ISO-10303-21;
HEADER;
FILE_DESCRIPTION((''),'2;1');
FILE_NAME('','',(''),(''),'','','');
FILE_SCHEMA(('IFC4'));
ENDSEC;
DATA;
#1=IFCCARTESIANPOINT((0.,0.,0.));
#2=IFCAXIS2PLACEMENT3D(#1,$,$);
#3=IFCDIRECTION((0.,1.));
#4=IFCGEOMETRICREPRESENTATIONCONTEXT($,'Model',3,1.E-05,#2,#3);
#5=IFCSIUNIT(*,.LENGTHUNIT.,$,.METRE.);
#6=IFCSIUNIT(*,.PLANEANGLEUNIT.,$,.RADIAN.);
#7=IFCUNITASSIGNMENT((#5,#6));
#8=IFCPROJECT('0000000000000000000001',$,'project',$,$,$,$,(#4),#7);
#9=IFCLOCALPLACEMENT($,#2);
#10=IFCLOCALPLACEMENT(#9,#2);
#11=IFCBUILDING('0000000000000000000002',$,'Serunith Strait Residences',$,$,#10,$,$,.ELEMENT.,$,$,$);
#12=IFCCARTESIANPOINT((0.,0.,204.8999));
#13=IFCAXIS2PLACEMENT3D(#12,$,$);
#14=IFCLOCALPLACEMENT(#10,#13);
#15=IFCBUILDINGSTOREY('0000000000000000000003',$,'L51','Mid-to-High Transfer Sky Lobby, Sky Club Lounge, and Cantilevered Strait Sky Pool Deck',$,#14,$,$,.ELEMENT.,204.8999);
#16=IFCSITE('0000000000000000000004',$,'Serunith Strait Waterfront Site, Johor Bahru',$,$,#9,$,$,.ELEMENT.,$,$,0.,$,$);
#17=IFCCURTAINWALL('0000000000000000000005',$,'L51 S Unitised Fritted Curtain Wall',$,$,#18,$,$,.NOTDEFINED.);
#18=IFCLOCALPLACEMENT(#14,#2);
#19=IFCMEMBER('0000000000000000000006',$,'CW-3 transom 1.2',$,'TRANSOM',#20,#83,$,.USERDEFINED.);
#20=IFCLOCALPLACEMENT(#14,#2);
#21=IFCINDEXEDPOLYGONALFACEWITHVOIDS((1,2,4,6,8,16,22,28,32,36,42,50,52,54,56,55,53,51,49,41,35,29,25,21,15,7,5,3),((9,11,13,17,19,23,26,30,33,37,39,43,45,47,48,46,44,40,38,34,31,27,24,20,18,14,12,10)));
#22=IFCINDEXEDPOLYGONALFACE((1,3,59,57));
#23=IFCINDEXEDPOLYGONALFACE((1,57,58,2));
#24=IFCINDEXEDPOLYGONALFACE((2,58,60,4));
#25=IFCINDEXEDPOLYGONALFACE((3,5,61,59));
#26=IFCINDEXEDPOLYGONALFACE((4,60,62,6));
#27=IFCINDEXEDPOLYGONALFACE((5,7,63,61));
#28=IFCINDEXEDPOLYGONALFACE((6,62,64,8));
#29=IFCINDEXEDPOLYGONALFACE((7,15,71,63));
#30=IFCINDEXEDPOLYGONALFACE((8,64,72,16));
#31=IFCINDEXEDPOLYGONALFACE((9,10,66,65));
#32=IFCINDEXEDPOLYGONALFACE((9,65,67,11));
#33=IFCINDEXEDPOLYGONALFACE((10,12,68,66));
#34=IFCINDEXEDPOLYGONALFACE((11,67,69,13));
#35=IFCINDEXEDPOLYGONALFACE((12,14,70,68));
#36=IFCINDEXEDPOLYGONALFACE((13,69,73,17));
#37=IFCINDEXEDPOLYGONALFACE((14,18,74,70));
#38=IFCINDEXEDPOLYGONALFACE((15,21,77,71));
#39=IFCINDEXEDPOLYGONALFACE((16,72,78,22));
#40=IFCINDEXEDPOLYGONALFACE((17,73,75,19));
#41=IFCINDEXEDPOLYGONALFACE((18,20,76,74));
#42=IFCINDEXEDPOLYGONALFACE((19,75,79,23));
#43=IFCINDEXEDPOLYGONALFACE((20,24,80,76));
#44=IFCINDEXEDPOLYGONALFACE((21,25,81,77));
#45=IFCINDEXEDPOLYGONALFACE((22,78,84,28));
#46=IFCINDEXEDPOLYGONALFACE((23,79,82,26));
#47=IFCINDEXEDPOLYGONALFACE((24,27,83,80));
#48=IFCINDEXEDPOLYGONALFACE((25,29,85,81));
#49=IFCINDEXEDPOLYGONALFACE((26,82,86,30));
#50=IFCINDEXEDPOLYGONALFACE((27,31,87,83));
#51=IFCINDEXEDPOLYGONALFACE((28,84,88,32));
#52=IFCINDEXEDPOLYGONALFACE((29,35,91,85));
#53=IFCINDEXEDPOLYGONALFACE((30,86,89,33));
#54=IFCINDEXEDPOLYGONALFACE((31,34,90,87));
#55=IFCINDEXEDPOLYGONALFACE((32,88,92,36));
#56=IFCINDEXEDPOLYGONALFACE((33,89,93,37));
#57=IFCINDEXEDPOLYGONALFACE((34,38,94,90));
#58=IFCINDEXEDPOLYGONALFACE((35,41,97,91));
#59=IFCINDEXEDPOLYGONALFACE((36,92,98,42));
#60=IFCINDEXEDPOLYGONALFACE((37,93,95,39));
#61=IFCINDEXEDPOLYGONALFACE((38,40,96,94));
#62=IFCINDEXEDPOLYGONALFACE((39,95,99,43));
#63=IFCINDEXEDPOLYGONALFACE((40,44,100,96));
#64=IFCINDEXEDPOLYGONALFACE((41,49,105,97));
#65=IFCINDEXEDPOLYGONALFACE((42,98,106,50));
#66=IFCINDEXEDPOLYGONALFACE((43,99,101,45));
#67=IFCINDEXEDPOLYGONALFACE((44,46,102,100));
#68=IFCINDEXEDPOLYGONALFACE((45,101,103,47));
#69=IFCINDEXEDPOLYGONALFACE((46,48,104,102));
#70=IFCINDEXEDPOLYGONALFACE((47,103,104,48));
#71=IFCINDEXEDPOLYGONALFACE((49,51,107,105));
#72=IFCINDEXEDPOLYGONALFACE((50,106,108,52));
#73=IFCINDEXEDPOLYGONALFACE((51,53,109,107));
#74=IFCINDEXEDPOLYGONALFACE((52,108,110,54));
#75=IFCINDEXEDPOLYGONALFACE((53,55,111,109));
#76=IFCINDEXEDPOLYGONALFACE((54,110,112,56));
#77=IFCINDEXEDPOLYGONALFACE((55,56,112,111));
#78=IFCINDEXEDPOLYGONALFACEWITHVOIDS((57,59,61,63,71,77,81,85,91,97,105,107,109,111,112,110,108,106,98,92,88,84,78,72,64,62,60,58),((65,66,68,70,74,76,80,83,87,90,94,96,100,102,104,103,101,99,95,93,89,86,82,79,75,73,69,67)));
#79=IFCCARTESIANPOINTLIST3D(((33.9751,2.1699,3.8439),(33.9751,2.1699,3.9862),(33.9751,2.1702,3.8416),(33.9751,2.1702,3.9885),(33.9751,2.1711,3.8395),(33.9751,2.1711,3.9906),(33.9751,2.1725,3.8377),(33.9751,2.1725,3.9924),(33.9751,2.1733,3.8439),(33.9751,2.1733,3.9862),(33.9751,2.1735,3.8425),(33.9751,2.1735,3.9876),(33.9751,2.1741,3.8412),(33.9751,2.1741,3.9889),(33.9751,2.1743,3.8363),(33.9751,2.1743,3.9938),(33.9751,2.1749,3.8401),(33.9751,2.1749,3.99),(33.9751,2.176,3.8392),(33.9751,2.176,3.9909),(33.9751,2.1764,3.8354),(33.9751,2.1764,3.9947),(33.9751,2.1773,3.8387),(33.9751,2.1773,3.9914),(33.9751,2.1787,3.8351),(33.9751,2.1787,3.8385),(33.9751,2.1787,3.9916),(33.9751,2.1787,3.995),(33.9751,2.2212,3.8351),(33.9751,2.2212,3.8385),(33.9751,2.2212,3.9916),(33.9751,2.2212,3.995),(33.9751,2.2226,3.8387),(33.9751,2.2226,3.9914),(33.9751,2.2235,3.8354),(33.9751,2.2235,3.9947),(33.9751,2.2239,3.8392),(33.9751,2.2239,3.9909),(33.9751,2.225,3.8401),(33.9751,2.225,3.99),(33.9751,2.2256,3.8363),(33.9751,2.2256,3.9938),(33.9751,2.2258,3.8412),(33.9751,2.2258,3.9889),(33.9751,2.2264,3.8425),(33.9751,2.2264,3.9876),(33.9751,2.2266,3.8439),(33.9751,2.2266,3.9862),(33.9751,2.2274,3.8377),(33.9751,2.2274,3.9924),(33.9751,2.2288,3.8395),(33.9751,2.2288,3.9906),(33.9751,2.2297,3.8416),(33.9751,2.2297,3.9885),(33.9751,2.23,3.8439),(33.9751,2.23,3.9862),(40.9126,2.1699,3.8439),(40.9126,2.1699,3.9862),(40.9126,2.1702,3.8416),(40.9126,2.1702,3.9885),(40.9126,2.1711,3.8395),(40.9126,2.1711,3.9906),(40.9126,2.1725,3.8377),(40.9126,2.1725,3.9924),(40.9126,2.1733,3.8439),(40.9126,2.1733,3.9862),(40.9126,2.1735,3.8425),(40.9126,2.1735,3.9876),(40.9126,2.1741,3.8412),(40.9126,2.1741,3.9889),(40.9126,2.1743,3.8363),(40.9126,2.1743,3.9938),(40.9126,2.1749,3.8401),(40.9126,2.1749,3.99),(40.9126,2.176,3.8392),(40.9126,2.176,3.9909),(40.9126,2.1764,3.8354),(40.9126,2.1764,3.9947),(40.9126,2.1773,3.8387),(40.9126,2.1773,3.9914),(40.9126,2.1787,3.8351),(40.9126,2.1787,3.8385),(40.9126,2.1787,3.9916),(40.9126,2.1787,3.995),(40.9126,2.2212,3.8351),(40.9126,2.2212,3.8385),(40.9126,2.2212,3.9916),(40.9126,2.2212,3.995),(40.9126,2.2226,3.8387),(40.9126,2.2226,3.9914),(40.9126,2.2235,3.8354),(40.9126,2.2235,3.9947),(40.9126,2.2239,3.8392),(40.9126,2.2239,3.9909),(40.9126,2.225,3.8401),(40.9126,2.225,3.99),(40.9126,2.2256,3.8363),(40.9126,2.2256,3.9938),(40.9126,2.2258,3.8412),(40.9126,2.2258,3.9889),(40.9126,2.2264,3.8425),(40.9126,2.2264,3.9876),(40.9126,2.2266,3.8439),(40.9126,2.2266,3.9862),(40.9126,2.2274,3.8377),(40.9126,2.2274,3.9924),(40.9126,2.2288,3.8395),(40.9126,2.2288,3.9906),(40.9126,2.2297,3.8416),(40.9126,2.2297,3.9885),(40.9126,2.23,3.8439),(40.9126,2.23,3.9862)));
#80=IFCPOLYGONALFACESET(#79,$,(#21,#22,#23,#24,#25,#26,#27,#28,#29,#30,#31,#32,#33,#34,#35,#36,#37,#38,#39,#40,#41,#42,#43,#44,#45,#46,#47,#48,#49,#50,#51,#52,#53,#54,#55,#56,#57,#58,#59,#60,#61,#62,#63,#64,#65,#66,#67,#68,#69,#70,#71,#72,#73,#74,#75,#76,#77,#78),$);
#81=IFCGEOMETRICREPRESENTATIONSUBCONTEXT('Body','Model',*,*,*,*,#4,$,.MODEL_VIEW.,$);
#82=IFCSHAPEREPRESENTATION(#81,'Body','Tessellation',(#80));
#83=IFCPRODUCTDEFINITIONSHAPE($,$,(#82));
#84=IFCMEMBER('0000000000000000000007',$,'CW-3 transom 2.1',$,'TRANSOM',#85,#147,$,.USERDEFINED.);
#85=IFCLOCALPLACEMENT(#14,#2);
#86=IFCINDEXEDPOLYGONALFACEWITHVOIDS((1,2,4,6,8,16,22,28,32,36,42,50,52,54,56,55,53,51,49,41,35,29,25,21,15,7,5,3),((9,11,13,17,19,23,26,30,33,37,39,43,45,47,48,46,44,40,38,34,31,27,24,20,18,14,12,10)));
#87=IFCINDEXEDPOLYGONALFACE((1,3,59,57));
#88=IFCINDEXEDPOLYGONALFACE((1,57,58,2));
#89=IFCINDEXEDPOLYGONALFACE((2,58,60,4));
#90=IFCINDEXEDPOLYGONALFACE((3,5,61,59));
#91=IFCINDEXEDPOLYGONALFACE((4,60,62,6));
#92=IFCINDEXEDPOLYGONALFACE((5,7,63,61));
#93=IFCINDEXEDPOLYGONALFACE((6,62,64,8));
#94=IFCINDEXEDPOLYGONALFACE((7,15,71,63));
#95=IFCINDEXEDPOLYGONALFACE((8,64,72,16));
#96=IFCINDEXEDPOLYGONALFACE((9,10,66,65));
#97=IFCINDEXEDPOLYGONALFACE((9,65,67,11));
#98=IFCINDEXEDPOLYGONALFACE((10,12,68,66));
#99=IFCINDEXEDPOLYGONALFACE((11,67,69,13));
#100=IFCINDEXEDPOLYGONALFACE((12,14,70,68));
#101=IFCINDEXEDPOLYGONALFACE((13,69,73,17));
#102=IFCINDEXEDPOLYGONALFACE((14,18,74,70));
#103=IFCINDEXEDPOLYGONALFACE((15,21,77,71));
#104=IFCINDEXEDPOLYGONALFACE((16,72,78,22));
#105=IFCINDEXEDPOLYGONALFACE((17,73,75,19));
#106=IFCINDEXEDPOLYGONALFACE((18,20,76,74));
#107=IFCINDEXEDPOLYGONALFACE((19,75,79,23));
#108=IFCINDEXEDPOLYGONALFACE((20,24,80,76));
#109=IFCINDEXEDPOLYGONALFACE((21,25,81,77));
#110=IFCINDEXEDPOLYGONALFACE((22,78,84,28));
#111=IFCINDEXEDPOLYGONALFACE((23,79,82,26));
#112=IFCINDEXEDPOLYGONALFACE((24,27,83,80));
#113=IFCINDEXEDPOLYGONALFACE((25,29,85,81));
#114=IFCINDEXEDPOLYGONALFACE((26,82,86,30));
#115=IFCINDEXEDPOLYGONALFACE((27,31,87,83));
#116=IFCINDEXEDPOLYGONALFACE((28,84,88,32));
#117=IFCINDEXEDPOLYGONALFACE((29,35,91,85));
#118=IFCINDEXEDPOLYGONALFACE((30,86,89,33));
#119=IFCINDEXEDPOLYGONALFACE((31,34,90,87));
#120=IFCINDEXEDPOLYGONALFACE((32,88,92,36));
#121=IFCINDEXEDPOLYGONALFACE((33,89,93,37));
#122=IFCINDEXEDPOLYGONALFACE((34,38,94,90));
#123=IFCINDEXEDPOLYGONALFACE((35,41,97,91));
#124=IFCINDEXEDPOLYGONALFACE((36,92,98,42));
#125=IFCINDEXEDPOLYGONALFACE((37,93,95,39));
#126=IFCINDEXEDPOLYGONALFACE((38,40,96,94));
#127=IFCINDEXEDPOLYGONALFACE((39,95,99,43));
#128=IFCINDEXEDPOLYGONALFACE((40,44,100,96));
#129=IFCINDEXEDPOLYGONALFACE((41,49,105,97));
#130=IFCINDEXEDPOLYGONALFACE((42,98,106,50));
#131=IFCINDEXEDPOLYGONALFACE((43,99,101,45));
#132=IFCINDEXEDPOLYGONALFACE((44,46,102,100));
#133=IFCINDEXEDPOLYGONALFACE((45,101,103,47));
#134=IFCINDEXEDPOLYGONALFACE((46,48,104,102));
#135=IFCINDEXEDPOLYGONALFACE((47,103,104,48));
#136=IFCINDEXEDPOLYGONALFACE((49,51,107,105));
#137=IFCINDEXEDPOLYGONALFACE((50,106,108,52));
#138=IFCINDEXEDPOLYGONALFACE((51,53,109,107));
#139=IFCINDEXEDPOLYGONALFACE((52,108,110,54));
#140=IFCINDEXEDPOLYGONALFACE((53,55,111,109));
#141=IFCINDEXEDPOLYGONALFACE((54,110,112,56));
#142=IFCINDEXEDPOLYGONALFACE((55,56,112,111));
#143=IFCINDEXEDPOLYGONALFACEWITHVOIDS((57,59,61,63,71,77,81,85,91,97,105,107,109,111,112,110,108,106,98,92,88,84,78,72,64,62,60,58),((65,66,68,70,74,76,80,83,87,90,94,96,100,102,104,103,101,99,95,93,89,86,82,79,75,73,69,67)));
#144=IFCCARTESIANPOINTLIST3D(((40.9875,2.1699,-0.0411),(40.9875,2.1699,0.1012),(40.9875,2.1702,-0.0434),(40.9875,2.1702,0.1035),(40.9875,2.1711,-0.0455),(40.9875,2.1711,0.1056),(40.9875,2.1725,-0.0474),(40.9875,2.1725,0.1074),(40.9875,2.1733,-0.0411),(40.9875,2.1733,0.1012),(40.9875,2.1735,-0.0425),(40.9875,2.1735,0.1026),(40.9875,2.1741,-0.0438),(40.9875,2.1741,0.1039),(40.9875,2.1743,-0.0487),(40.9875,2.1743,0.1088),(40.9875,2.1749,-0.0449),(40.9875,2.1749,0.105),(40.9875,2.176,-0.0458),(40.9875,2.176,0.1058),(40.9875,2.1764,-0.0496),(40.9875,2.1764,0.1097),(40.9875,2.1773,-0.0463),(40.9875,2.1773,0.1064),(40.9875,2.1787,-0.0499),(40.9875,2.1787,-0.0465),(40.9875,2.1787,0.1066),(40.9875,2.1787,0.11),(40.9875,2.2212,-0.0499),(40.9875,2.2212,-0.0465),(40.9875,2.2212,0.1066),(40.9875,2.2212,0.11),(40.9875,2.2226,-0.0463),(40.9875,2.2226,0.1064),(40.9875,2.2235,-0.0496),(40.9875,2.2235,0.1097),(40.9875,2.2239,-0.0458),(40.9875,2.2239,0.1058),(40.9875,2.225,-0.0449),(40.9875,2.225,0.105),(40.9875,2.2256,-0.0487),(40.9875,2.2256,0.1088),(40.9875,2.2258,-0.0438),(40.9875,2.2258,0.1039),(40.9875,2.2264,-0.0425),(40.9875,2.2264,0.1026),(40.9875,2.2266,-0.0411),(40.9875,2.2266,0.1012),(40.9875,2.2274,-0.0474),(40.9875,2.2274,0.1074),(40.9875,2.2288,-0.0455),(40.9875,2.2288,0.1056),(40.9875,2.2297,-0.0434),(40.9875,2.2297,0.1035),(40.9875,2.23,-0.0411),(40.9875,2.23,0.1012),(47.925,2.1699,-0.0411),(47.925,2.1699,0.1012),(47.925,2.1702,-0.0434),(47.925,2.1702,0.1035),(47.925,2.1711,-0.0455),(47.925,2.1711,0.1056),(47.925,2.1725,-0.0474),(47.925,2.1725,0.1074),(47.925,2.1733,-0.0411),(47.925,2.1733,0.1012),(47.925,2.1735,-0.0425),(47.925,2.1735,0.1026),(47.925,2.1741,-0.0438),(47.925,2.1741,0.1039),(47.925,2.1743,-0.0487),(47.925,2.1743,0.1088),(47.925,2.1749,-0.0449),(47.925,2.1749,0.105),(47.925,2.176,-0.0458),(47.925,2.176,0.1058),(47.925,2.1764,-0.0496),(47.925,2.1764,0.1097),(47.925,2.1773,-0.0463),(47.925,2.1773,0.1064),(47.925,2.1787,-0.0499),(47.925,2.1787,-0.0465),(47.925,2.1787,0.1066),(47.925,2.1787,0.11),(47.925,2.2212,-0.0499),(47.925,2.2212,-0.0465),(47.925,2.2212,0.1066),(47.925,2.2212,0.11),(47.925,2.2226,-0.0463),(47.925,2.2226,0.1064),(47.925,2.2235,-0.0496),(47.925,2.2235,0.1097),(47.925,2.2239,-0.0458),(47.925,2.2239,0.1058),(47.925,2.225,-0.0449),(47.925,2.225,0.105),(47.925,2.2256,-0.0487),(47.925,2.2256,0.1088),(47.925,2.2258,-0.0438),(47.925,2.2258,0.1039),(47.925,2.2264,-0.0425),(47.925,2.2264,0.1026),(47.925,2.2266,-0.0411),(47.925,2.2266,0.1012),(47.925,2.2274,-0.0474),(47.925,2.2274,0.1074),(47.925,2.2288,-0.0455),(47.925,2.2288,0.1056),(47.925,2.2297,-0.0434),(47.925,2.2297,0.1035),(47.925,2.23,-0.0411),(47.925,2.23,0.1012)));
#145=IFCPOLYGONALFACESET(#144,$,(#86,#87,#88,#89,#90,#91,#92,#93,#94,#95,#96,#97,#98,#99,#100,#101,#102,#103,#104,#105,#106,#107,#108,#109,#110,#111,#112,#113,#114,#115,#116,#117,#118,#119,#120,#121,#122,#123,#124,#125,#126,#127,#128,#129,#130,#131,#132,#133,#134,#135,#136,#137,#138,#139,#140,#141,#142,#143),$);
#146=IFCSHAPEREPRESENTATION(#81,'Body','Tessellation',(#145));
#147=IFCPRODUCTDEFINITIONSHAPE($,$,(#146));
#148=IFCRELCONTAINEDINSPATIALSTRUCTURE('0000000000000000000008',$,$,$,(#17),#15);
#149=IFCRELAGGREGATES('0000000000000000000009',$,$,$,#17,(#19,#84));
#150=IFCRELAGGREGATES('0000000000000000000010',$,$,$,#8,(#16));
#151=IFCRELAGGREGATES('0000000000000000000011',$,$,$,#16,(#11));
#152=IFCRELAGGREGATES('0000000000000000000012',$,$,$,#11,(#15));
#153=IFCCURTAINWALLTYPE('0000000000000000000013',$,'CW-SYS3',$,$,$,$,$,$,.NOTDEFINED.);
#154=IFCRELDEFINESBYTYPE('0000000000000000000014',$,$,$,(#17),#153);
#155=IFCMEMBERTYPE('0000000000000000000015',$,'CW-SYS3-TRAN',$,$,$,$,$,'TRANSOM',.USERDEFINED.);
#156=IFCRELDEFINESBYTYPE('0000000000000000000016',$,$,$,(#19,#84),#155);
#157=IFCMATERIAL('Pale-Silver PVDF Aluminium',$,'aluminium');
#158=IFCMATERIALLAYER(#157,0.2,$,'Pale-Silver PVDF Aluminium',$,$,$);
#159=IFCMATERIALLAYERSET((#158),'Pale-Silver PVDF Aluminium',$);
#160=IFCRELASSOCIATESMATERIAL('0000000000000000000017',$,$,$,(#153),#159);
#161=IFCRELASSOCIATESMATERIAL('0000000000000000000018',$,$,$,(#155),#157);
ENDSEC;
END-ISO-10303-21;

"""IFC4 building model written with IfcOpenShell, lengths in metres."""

from ifc_helpers import new_model, si_unit, direction, frame, origin, origin_2d, place, context, subcontext, project, spatial, hollow_rectangle, extrude, source, transform, mapped, material, layer, layer_set, material_profile, profile_set, type_object, element, aggregate, save


model = new_model("IFC4")

# Units and contexts
model_context = context("Model", 3, precision=1e-05, world=origin(), true_north=direction((0.0, 1.0)))
body_context = subcontext(model_context, "Body", "Model", "MODEL_VIEW")
ifc_project = project(units=[si_unit("LENGTHUNIT", "METRE"), si_unit("PLANEANGLEUNIT", "RADIAN")], contexts=[model_context])

# Site, building, storey
site_placement = place(None, origin())
site = spatial("IfcSite", under=ifc_project, at=site_placement, Name="Serunith Strait Waterfront Site, Johor Bahru", CompositionType="ELEMENT", RefElevation=0.0)
building_placement = place(site_placement, origin())
building = spatial("IfcBuilding", under=site, at=building_placement, Name="Serunith Strait Residences", CompositionType="ELEMENT")
storey_placement = place(building_placement, frame((0.0, 0.0, 204.8999)))
storey = spatial("IfcBuildingStorey", under=building, at=storey_placement, Name="L51", Description="Mid-to-High Transfer Sky Lobby, Sky Club Lounge, and Cantilevered Strait Sky Pool Deck", CompositionType="ELEMENT", Elevation=204.8999)

# Shared definitions
ifc_material_1 = material(Name="Pale-Silver PVDF Aluminium", Category="aluminium")
ifc_layer_1 = layer(ifc_material_1, 0.2, Name="Pale-Silver PVDF Aluminium")
ifc_layer_set_1 = layer_set([ifc_layer_1], Name="Pale-Silver PVDF Aluminium")
curtain_wall_type = type_object("IfcCurtainWallType", Name="CW-SYS3", PredefinedType="NOTDEFINED", material=ifc_layer_set_1)

# Curtain wall, members
curtain_wall_1_placement = place(storey_placement, origin())
curtain_wall_1 = element("IfcCurtainWall", 1, at=curtain_wall_1_placement, inside=storey, type_object=curtain_wall_type, Name="L51 S Unitised Fritted Curtain Wall", PredefinedType="NOTDEFINED")
ifc_material_profile_1 = material_profile(ifc_material_1, hollow_rectangle(XDim=0.0601, YDim=0.1599, WallThickness=0.0034, InnerFilletRadius=0.0054, OuterFilletRadius=0.0088, at=origin_2d()), Name="ALU 160x60x3.5")
ifc_profile_set_1 = profile_set([ifc_material_profile_1], Name="Pale-Silver PVDF Aluminium")
member_type_1 = type_object("IfcMemberType", Name="CW-SYS3-TRAN", ElementType="TRANSOM", PredefinedType="USERDEFINED", material=ifc_profile_set_1)
shared_shape_1 = source(origin(), body_context, "Body", "SweptSolid", [
    extrude(hollow_rectangle(XDim=0.0601, YDim=0.1599, WallThickness=0.0034, InnerFilletRadius=0.0054, OuterFilletRadius=0.0088, at=origin_2d()), origin(), (0.0, 0.0, 1.0), 6.9375),
])
member_1_placement = place(storey_placement, frame((33.9751, 2.2, 3.915), z_axis=(1.0, 0.0, 0.0), x_axis=(0.0, 1.0, 0.0)))
member_1 = element("IfcMember", 2, at=member_1_placement, type_object=member_type_1, Name="CW-3 transom 1.2", ObjectType="TRANSOM", PredefinedType="USERDEFINED", context=body_context, shape_type="MappedRepresentation", body=[
    mapped(shared_shape_1, transform((0.0, 0.0, 0.0), scale=1.0)),
])
member_2_placement = place(storey_placement, frame((40.9875, 2.2, 0.03), z_axis=(1.0, 0.0, 0.0), x_axis=(0.0, 1.0, 0.0)))
member_2 = element("IfcMember", 3, at=member_2_placement, type_object=member_type_1, Name="CW-3 transom 2.1", ObjectType="TRANSOM", PredefinedType="USERDEFINED", context=body_context, shape_type="MappedRepresentation", body=[
    mapped(shared_shape_1, transform((0.0, 0.0, 0.0), scale=1.0)),
])
aggregate(curtain_wall_1, [member_1, member_2])

save(model, "model.ifc")
